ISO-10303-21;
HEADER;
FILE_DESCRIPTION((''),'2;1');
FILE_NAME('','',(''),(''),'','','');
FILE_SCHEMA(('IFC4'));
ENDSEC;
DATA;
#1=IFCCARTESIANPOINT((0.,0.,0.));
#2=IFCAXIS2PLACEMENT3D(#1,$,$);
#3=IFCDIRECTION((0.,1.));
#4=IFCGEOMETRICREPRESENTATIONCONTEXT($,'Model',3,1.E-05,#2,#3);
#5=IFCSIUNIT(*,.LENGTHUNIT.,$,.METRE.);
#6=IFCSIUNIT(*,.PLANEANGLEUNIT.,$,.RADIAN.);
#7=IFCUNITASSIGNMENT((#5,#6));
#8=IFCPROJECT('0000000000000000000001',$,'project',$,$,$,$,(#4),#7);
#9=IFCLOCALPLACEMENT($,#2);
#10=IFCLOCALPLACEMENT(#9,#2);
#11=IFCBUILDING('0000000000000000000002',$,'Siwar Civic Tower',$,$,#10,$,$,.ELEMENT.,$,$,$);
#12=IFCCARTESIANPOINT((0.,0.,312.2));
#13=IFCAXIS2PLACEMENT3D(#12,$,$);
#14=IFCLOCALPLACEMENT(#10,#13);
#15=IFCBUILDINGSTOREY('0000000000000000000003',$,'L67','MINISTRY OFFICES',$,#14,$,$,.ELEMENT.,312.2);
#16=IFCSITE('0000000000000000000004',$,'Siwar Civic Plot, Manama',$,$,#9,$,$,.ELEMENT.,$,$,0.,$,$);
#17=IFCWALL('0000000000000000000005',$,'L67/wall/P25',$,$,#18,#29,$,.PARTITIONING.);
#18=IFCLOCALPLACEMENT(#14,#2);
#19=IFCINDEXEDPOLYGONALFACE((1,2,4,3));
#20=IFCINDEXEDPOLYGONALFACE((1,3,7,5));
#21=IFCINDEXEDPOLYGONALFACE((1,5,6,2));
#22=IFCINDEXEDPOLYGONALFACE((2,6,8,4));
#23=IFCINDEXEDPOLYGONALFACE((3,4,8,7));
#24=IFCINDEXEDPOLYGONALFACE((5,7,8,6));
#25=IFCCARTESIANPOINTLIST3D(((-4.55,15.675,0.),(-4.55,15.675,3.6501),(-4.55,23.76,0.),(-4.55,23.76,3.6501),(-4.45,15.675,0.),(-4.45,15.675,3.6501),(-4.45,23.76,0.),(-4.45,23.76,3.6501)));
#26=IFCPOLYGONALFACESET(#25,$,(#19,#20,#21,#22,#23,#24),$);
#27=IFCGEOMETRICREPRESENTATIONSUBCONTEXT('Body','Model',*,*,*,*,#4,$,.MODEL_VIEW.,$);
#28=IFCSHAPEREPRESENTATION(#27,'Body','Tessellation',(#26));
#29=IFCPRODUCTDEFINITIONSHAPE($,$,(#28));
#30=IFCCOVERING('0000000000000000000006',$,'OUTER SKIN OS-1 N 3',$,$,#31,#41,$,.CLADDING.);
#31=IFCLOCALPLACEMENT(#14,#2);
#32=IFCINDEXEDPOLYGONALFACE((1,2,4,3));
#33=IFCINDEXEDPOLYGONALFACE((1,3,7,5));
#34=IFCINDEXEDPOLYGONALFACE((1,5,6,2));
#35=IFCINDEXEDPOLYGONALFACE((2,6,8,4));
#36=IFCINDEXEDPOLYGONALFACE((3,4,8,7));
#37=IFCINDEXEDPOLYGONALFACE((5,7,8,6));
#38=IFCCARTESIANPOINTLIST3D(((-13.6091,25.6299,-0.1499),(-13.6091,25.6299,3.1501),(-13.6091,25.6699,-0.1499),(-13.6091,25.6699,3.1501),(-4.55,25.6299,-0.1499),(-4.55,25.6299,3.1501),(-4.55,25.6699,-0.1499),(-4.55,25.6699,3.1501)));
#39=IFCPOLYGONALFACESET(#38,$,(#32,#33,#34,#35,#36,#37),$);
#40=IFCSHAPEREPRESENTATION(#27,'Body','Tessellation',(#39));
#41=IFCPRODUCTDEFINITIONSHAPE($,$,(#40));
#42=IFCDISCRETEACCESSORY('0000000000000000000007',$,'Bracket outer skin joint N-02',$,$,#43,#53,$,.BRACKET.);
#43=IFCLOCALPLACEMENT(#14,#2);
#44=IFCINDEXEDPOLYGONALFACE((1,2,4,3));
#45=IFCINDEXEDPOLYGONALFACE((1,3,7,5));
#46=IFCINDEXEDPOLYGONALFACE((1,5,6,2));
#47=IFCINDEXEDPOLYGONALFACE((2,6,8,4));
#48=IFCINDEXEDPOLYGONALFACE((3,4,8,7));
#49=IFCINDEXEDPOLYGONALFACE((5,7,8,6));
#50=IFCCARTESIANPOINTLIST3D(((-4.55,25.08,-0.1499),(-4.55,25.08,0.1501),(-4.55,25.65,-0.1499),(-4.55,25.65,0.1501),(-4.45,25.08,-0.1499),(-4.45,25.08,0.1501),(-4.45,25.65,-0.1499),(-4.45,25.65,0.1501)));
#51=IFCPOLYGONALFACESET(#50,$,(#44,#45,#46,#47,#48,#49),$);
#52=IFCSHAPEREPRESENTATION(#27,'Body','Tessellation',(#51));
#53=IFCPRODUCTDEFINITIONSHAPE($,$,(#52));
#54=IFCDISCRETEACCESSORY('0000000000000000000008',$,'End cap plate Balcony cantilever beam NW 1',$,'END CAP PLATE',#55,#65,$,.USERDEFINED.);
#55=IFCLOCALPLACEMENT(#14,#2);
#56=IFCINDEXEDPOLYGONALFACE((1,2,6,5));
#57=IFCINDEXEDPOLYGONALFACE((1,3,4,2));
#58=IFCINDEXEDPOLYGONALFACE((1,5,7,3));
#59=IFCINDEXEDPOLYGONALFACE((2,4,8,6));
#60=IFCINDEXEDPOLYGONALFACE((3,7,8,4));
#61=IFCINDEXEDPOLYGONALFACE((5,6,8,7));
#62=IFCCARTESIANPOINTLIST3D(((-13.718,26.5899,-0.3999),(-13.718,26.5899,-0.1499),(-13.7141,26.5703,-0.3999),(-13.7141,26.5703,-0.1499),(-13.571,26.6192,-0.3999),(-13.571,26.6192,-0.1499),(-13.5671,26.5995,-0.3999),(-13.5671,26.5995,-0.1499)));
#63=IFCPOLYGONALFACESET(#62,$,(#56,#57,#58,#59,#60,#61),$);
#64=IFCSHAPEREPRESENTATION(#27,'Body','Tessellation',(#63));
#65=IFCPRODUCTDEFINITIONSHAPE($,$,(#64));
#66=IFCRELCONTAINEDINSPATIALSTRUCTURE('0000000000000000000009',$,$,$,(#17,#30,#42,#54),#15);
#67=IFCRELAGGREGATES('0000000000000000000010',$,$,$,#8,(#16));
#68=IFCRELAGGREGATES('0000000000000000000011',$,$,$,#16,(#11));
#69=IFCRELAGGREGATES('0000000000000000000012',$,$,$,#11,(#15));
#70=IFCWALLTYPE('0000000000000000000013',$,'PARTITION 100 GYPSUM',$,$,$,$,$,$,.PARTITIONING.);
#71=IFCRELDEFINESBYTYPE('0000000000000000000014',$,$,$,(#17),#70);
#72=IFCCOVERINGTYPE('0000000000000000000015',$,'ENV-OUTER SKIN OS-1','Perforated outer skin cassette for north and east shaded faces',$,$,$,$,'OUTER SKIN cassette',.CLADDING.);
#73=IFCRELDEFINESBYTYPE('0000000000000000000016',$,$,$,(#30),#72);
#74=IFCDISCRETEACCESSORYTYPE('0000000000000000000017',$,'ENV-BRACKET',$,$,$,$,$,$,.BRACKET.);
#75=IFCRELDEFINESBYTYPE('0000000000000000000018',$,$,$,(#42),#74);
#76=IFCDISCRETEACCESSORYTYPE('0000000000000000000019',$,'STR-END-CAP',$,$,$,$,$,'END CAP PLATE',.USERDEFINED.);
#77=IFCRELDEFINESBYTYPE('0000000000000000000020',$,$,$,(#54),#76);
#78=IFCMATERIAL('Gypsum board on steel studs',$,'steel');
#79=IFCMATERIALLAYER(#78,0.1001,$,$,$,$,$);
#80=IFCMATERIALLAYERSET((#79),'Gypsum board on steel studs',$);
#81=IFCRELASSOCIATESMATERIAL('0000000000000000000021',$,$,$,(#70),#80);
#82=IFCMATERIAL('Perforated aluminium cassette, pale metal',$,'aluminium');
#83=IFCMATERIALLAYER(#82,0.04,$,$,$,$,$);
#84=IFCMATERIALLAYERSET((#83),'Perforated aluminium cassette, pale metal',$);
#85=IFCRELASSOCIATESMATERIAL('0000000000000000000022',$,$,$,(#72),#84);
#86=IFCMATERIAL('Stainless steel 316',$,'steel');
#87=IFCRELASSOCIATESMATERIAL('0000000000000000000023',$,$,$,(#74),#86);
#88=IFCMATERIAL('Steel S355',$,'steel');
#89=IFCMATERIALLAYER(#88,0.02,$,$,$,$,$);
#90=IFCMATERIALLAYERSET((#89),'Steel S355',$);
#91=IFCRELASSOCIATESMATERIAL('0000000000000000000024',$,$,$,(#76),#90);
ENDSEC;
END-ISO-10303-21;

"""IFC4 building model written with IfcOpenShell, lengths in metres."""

from ifc_helpers import new_model, si_unit, direction, frame, frame_2d, origin, origin_2d, place, context, subcontext, project, spatial, rectangle, extrude, material, layer, layer_set, type_object, element, save


model = new_model("IFC4")

# Units and contexts
model_context = context("Model", 3, precision=1e-05, world=origin(), true_north=direction((0.0, 1.0)))
body_context = subcontext(model_context, "Body", "Model", "MODEL_VIEW")
ifc_project = project(units=[si_unit("LENGTHUNIT", "METRE"), si_unit("PLANEANGLEUNIT", "RADIAN")], contexts=[model_context])

# Site, building, storey
site_placement = place(None, origin())
site = spatial("IfcSite", under=ifc_project, at=site_placement, Name="Siwar Civic Plot, Manama", CompositionType="ELEMENT", RefElevation=0.0)
building_placement = place(site_placement, origin())
building = spatial("IfcBuilding", under=site, at=building_placement, Name="Siwar Civic Tower", CompositionType="ELEMENT")
storey_placement = place(building_placement, frame((0.0, 0.0, 312.2)))
storey = spatial("IfcBuildingStorey", under=building, at=storey_placement, Name="L67", Description="MINISTRY OFFICES", CompositionType="ELEMENT", Elevation=312.2)

# Shared definitions
ifc_material_1 = material(Name="Gypsum board on steel studs", Category="steel")
ifc_layer_1 = layer(ifc_material_1, 0.1001)
ifc_layer_set_1 = layer_set([ifc_layer_1], Name="Gypsum board on steel studs")
wall_type = type_object("IfcWallType", Name="PARTITION 100 GYPSUM", PredefinedType="PARTITIONING", material=ifc_layer_set_1)

# Wall
wall_1_placement = place(storey_placement, frame((-4.5, 15.675, 0.0), z_axis=(0.0, 0.0, 1.0), x_axis=(0.0, 1.0, 0.0)))
element("IfcWall", 1, at=wall_1_placement, inside=storey, type_object=wall_type, Name="L67/wall/P25", PredefinedType="PARTITIONING", context=body_context, shape_type="SweptSolid", body=[
    extrude(rectangle(XDim=8.085, YDim=0.1001, at=frame_2d((4.0425, 0.0))), origin(), (0.0, 0.0, 1.0), 3.6501),
])

# Covering
ifc_material_2 = material(Name="Perforated aluminium cassette, pale metal", Category="aluminium")
ifc_layer_2 = layer(ifc_material_2, 0.04)
ifc_layer_set_2 = layer_set([ifc_layer_2], Name="Perforated aluminium cassette, pale metal")
covering_type = type_object("IfcCoveringType", Name="ENV-OUTER SKIN OS-1", Description="Perforated outer skin cassette for north and east shaded faces", ElementType="OUTER SKIN cassette", PredefinedType="CLADDING", material=ifc_layer_set_2)
covering_placement = place(storey_placement, frame((-9.0796, 25.6499, -0.1499), z_axis=(0.0, 0.0, 1.0), x_axis=(-1.0, 0.0, 0.0)))
element("IfcCovering", 2, at=covering_placement, inside=storey, type_object=covering_type, Name="OUTER SKIN OS-1 N 3", PredefinedType="CLADDING", context=body_context, shape_type="SweptSolid", body=[
    extrude(rectangle(XDim=9.0591, YDim=0.04, at=origin_2d()), origin(), (0.0, 0.0, 1.0), 3.3),
])

# Discrete accessories
ifc_material_3 = material(Name="Stainless steel 316", Category="steel")
discrete_accessory_type_1 = type_object("IfcDiscreteAccessoryType", Name="ENV-BRACKET", PredefinedType="BRACKET", material=ifc_material_3)
discrete_accessory_1_placement = place(storey_placement, frame((-4.5, 25.365, -0.1499), z_axis=(0.0, 0.0, 1.0), x_axis=(0.0, 1.0, 0.0)))
element("IfcDiscreteAccessory", 3, at=discrete_accessory_1_placement, inside=storey, type_object=discrete_accessory_type_1, Name="Bracket outer skin joint N-02", PredefinedType="BRACKET", context=body_context, shape_type="SweptSolid", body=[
    extrude(rectangle(XDim=0.5701, YDim=0.1001, at=origin_2d()), origin(), (0.0, 0.0, 1.0), 0.3),
])
ifc_material_4 = material(Name="Steel S355", Category="steel")
ifc_layer_3 = layer(ifc_material_4, 0.02)
ifc_layer_set_3 = layer_set([ifc_layer_3], Name="Steel S355")
discrete_accessory_type_2 = type_object("IfcDiscreteAccessoryType", Name="STR-END-CAP", ElementType="END CAP PLATE", PredefinedType="USERDEFINED", material=ifc_layer_set_3)
discrete_accessory_2_placement = place(storey_placement, frame((-13.6426, 26.5947, -0.3999), z_axis=(0.0, 0.0, 1.0), x_axis=(-0.19509, 0.980785, 0.0)))
element("IfcDiscreteAccessory", 4, at=discrete_accessory_2_placement, inside=storey, type_object=discrete_accessory_type_2, Name="End cap plate Balcony cantilever beam NW 1", ObjectType="END CAP PLATE", PredefinedType="USERDEFINED", context=body_context, shape_type="SweptSolid", body=[
    extrude(rectangle(XDim=0.02, YDim=0.1499, at=origin_2d()), origin(), (0.0, 0.0, 1.0), 0.25),
])

save(model, "model.ifc")
